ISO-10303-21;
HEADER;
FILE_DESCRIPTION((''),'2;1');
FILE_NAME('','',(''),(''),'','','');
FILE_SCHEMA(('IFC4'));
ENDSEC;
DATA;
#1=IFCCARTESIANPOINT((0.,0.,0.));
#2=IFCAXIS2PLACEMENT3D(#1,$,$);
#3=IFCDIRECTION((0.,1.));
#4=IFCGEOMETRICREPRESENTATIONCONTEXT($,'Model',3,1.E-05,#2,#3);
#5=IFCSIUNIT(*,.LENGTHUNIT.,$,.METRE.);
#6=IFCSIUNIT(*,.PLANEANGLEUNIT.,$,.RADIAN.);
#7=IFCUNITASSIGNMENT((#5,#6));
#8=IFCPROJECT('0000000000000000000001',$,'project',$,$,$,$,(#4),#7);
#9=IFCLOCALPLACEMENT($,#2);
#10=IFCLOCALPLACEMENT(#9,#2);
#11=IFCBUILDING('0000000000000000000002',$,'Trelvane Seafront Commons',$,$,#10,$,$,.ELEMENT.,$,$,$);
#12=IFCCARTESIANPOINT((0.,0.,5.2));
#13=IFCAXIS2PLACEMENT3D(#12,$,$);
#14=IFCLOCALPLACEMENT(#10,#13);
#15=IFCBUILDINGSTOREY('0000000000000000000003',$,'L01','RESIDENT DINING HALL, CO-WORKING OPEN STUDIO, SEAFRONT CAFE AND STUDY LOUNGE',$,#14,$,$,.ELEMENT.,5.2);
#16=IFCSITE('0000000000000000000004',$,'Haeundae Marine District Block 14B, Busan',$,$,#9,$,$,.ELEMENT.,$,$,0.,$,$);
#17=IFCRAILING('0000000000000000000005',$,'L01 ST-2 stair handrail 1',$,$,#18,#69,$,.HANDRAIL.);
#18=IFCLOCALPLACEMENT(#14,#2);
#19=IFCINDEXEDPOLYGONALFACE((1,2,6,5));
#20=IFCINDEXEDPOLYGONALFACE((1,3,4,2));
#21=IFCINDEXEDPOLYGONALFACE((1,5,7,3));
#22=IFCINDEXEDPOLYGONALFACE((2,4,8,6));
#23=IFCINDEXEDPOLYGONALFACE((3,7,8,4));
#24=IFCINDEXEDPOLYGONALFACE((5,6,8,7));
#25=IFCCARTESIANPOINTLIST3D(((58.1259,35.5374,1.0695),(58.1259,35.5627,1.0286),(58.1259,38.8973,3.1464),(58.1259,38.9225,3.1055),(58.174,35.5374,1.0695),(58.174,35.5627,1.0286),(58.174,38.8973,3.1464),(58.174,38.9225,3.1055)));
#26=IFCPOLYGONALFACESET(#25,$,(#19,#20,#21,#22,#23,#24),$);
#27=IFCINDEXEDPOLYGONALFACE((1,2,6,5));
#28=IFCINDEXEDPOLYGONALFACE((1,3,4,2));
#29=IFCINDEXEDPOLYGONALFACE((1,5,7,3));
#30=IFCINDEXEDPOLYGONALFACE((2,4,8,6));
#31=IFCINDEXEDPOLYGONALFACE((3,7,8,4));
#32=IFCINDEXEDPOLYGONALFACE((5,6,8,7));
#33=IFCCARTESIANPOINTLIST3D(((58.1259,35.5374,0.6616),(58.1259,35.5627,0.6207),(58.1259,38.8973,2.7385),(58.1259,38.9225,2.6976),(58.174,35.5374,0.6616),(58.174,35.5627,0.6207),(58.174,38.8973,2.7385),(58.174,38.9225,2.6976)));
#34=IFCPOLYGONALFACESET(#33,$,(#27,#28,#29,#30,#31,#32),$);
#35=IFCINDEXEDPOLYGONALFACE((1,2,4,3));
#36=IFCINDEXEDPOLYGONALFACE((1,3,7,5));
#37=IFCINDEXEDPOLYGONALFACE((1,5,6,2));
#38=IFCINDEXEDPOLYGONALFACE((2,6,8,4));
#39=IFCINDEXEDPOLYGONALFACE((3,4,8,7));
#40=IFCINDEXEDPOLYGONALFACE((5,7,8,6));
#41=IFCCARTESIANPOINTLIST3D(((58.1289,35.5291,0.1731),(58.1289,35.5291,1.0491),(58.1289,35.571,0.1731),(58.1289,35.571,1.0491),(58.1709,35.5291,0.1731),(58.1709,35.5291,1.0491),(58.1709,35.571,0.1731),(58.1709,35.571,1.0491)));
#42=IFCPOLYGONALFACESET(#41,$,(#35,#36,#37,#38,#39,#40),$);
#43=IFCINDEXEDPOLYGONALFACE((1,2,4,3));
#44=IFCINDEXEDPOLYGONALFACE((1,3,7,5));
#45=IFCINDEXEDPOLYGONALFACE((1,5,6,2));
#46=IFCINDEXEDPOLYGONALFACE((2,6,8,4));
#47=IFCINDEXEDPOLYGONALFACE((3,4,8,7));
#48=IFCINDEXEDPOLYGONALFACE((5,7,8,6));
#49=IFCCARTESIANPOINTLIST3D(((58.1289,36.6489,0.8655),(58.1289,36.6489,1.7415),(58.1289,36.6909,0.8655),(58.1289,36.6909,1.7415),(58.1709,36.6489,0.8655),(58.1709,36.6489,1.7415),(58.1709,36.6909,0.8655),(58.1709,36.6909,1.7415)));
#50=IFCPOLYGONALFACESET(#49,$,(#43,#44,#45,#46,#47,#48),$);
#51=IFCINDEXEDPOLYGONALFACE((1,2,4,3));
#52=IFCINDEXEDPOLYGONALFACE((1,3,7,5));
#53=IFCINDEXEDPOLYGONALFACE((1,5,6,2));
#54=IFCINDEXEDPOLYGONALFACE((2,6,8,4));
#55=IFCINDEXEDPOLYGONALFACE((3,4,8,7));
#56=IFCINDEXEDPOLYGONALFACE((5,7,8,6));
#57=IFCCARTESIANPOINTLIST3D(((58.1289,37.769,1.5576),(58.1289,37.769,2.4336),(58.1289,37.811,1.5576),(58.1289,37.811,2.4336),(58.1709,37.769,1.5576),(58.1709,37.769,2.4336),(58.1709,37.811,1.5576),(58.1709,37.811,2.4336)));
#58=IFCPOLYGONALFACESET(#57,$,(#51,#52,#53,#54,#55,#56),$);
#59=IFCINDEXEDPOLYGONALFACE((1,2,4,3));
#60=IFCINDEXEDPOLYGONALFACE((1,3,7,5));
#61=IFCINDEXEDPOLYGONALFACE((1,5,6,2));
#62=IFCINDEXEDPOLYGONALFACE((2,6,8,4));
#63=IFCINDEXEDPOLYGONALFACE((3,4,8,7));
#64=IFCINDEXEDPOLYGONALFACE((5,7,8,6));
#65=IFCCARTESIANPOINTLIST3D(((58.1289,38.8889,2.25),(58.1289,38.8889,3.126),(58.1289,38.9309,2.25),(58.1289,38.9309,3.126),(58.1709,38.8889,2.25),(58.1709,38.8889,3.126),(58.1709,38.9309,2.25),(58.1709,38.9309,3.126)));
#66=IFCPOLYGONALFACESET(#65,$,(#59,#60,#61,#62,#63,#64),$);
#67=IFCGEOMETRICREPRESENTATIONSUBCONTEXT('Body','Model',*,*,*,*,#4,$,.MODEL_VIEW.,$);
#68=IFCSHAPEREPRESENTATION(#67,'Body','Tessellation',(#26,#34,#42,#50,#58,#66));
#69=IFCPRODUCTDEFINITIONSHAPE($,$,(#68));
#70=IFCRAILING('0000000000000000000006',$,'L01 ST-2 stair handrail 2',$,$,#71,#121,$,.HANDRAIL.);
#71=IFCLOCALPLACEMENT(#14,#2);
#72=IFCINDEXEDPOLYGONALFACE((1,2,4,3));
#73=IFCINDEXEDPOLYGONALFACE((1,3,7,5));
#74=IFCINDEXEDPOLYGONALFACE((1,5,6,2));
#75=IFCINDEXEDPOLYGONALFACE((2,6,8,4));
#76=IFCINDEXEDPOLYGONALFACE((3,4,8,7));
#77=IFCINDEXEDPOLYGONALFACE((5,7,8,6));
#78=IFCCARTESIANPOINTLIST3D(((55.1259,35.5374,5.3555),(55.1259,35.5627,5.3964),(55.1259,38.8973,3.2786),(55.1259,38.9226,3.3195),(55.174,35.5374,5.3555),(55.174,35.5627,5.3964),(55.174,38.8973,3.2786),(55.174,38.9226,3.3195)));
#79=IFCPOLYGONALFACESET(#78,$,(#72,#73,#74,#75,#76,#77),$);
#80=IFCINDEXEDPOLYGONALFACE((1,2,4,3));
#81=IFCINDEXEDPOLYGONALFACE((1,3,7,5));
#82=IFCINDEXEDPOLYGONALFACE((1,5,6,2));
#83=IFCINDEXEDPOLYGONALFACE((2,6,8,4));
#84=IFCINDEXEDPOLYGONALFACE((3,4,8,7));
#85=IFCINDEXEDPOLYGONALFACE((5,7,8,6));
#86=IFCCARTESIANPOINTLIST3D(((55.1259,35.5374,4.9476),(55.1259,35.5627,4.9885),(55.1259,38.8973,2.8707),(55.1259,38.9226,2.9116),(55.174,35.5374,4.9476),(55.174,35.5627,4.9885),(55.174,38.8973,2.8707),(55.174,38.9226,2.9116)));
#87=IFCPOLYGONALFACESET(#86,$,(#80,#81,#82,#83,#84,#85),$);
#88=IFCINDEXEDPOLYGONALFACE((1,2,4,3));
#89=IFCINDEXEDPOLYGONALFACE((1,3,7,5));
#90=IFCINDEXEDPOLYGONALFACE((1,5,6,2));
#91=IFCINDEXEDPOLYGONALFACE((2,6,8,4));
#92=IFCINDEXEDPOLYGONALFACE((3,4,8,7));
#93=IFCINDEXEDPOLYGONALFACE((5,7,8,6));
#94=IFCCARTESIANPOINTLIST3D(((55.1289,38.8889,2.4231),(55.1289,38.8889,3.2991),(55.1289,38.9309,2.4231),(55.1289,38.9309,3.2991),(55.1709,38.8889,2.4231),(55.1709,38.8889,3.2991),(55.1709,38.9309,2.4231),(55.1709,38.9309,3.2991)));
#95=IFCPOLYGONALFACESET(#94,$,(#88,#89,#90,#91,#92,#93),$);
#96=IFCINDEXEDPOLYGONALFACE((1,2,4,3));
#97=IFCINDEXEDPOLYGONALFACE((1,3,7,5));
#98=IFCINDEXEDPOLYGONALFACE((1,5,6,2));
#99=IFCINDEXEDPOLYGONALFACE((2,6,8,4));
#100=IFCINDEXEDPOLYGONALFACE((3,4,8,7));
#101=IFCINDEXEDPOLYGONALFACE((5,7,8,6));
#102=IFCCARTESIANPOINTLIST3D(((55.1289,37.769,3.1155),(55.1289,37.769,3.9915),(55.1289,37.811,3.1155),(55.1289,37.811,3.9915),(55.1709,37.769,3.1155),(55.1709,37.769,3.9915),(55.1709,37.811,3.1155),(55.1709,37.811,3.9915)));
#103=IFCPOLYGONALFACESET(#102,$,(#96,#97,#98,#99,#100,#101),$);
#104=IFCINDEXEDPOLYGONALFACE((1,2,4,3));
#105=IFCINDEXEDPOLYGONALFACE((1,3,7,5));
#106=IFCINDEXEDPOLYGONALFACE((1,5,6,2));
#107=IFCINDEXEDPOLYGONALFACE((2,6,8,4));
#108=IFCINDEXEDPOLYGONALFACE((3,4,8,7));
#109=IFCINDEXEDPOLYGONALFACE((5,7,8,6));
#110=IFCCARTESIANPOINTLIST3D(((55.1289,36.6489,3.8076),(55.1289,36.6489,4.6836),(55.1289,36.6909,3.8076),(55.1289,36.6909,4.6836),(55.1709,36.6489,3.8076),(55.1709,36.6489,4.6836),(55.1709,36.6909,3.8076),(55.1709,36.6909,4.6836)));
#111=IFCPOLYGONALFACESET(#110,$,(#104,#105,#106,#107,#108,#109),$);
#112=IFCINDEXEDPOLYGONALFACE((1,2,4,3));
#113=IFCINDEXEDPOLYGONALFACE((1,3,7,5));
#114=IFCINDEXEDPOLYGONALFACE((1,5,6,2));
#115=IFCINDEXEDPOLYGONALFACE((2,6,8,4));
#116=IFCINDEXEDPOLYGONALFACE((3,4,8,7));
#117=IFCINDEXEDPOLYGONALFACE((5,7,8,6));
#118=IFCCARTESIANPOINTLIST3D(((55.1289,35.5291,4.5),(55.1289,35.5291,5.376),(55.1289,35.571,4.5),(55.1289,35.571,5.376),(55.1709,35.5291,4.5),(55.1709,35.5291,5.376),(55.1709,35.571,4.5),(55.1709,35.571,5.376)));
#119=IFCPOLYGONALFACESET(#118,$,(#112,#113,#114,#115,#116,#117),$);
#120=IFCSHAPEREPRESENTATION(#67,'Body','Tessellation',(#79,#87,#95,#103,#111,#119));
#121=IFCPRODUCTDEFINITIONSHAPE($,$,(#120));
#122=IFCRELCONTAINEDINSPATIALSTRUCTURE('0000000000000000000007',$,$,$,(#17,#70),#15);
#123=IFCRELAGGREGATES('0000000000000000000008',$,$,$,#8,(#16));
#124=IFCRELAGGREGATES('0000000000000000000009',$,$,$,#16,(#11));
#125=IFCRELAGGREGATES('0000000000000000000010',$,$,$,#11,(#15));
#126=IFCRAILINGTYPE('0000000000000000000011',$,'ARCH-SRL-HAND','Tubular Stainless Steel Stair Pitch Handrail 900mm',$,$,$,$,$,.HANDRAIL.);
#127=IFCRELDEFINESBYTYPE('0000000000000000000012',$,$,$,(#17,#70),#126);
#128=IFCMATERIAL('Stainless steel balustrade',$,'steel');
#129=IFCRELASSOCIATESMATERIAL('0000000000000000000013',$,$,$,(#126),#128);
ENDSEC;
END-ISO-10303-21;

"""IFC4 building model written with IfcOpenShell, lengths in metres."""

from ifc_helpers import new_model, si_unit, direction, frame, origin, origin_2d, place, context, subcontext, project, spatial, rectangle, extrude, material, type_object, element, save


model = new_model("IFC4")

# Units and contexts
model_context = context("Model", 3, precision=1e-05, world=origin(), true_north=direction((0.0, 1.0)))
body_context = subcontext(model_context, "Body", "Model", "MODEL_VIEW")
ifc_project = project(units=[si_unit("LENGTHUNIT", "METRE"), si_unit("PLANEANGLEUNIT", "RADIAN")], contexts=[model_context])

# Site, building, storey
site_placement = place(None, origin())
site = spatial("IfcSite", under=ifc_project, at=site_placement, Name="Haeundae Marine District Block 14B, Busan", CompositionType="ELEMENT", RefElevation=0.0)
building_placement = place(site_placement, origin())
building = spatial("IfcBuilding", under=site, at=building_placement, Name="Trelvane Seafront Commons", CompositionType="ELEMENT")
storey_placement = place(building_placement, frame((0.0, 0.0, 5.2)))
storey = spatial("IfcBuildingStorey", under=building, at=storey_placement, Name="L01", Description="RESIDENT DINING HALL, CO-WORKING OPEN STUDIO, SEAFRONT CAFE AND STUDY LOUNGE", CompositionType="ELEMENT", Elevation=5.2)

# Railings
ifc_material_1 = material(Name="Stainless steel balustrade", Category="steel")
railing_type_1 = type_object("IfcRailingType", Name="ARCH-SRL-HAND", Description="Tubular Stainless Steel Stair Pitch Handrail 900mm", PredefinedType="HANDRAIL", material=ifc_material_1)
railing_1_placement = place(storey_placement, frame((58.1499, 35.55, 0.1731)))
element("IfcRailing", 1, at=railing_1_placement, inside=storey, type_object=railing_type_1, Name="L01 ST-2 stair handrail 1", PredefinedType="HANDRAIL", context=body_context, shape_type="SweptSolid", body=[
    extrude(rectangle(XDim=0.0481, YDim=0.0481, at=origin_2d()), frame((0.0, 0.0, 0.876), z_axis=(0.0, 0.850606, 0.525803), x_axis=(-1.0, 0.0, 0.0)), (0.0, 0.0, 1.0), 3.95),
    extrude(rectangle(XDim=0.0481, YDim=0.0481, at=origin_2d()), frame((0.0, 0.0, 0.468), z_axis=(0.0, 0.850606, 0.525803), x_axis=(-1.0, 0.0, 0.0)), (0.0, 0.0, 1.0), 3.95),
    extrude(rectangle(XDim=0.042, YDim=0.042, at=origin_2d()), origin(), (0.0, 0.0, 1.0), 0.876),
    extrude(rectangle(XDim=0.042, YDim=0.042, at=origin_2d()), frame((0.0, 1.1199, 0.6924)), (0.0, 0.0, 1.0), 0.876),
    extrude(rectangle(XDim=0.042, YDim=0.042, at=origin_2d()), frame((0.0, 2.24, 1.3845)), (0.0, 0.0, 1.0), 0.876),
    extrude(rectangle(XDim=0.042, YDim=0.042, at=origin_2d()), frame((0.0, 3.3599, 2.0769)), (0.0, 0.0, 1.0), 0.876),
])
railing_2_placement = place(storey_placement, frame((55.1499, 38.9099, 2.4231)))
element("IfcRailing", 2, at=railing_2_placement, inside=storey, type_object=railing_type_1, Name="L01 ST-2 stair handrail 2", PredefinedType="HANDRAIL", context=body_context, shape_type="SweptSolid", body=[
    extrude(rectangle(XDim=0.0481, YDim=0.0481, at=origin_2d()), frame((0.0, 0.0, 0.876), z_axis=(0.0, -0.850606, 0.525803), x_axis=(1.0, 0.0, 0.0)), (0.0, 0.0, 1.0), 3.95),
    extrude(rectangle(XDim=0.0481, YDim=0.0481, at=origin_2d()), frame((0.0, 0.0, 0.468), z_axis=(0.0, -0.850606, 0.525803), x_axis=(1.0, 0.0, 0.0)), (0.0, 0.0, 1.0), 3.95),
    extrude(rectangle(XDim=0.042, YDim=0.042, at=origin_2d()), origin(), (0.0, 0.0, 1.0), 0.876),
    extrude(rectangle(XDim=0.042, YDim=0.042, at=origin_2d()), frame((0.0, -1.1199, 0.6924)), (0.0, 0.0, 1.0), 0.876),
    extrude(rectangle(XDim=0.042, YDim=0.042, at=origin_2d()), frame((0.0, -2.24, 1.3845)), (0.0, 0.0, 1.0), 0.876),
    extrude(rectangle(XDim=0.042, YDim=0.042, at=origin_2d()), frame((0.0, -3.3599, 2.0769)), (0.0, 0.0, 1.0), 0.876),
])

save(model, "model.ifc")
